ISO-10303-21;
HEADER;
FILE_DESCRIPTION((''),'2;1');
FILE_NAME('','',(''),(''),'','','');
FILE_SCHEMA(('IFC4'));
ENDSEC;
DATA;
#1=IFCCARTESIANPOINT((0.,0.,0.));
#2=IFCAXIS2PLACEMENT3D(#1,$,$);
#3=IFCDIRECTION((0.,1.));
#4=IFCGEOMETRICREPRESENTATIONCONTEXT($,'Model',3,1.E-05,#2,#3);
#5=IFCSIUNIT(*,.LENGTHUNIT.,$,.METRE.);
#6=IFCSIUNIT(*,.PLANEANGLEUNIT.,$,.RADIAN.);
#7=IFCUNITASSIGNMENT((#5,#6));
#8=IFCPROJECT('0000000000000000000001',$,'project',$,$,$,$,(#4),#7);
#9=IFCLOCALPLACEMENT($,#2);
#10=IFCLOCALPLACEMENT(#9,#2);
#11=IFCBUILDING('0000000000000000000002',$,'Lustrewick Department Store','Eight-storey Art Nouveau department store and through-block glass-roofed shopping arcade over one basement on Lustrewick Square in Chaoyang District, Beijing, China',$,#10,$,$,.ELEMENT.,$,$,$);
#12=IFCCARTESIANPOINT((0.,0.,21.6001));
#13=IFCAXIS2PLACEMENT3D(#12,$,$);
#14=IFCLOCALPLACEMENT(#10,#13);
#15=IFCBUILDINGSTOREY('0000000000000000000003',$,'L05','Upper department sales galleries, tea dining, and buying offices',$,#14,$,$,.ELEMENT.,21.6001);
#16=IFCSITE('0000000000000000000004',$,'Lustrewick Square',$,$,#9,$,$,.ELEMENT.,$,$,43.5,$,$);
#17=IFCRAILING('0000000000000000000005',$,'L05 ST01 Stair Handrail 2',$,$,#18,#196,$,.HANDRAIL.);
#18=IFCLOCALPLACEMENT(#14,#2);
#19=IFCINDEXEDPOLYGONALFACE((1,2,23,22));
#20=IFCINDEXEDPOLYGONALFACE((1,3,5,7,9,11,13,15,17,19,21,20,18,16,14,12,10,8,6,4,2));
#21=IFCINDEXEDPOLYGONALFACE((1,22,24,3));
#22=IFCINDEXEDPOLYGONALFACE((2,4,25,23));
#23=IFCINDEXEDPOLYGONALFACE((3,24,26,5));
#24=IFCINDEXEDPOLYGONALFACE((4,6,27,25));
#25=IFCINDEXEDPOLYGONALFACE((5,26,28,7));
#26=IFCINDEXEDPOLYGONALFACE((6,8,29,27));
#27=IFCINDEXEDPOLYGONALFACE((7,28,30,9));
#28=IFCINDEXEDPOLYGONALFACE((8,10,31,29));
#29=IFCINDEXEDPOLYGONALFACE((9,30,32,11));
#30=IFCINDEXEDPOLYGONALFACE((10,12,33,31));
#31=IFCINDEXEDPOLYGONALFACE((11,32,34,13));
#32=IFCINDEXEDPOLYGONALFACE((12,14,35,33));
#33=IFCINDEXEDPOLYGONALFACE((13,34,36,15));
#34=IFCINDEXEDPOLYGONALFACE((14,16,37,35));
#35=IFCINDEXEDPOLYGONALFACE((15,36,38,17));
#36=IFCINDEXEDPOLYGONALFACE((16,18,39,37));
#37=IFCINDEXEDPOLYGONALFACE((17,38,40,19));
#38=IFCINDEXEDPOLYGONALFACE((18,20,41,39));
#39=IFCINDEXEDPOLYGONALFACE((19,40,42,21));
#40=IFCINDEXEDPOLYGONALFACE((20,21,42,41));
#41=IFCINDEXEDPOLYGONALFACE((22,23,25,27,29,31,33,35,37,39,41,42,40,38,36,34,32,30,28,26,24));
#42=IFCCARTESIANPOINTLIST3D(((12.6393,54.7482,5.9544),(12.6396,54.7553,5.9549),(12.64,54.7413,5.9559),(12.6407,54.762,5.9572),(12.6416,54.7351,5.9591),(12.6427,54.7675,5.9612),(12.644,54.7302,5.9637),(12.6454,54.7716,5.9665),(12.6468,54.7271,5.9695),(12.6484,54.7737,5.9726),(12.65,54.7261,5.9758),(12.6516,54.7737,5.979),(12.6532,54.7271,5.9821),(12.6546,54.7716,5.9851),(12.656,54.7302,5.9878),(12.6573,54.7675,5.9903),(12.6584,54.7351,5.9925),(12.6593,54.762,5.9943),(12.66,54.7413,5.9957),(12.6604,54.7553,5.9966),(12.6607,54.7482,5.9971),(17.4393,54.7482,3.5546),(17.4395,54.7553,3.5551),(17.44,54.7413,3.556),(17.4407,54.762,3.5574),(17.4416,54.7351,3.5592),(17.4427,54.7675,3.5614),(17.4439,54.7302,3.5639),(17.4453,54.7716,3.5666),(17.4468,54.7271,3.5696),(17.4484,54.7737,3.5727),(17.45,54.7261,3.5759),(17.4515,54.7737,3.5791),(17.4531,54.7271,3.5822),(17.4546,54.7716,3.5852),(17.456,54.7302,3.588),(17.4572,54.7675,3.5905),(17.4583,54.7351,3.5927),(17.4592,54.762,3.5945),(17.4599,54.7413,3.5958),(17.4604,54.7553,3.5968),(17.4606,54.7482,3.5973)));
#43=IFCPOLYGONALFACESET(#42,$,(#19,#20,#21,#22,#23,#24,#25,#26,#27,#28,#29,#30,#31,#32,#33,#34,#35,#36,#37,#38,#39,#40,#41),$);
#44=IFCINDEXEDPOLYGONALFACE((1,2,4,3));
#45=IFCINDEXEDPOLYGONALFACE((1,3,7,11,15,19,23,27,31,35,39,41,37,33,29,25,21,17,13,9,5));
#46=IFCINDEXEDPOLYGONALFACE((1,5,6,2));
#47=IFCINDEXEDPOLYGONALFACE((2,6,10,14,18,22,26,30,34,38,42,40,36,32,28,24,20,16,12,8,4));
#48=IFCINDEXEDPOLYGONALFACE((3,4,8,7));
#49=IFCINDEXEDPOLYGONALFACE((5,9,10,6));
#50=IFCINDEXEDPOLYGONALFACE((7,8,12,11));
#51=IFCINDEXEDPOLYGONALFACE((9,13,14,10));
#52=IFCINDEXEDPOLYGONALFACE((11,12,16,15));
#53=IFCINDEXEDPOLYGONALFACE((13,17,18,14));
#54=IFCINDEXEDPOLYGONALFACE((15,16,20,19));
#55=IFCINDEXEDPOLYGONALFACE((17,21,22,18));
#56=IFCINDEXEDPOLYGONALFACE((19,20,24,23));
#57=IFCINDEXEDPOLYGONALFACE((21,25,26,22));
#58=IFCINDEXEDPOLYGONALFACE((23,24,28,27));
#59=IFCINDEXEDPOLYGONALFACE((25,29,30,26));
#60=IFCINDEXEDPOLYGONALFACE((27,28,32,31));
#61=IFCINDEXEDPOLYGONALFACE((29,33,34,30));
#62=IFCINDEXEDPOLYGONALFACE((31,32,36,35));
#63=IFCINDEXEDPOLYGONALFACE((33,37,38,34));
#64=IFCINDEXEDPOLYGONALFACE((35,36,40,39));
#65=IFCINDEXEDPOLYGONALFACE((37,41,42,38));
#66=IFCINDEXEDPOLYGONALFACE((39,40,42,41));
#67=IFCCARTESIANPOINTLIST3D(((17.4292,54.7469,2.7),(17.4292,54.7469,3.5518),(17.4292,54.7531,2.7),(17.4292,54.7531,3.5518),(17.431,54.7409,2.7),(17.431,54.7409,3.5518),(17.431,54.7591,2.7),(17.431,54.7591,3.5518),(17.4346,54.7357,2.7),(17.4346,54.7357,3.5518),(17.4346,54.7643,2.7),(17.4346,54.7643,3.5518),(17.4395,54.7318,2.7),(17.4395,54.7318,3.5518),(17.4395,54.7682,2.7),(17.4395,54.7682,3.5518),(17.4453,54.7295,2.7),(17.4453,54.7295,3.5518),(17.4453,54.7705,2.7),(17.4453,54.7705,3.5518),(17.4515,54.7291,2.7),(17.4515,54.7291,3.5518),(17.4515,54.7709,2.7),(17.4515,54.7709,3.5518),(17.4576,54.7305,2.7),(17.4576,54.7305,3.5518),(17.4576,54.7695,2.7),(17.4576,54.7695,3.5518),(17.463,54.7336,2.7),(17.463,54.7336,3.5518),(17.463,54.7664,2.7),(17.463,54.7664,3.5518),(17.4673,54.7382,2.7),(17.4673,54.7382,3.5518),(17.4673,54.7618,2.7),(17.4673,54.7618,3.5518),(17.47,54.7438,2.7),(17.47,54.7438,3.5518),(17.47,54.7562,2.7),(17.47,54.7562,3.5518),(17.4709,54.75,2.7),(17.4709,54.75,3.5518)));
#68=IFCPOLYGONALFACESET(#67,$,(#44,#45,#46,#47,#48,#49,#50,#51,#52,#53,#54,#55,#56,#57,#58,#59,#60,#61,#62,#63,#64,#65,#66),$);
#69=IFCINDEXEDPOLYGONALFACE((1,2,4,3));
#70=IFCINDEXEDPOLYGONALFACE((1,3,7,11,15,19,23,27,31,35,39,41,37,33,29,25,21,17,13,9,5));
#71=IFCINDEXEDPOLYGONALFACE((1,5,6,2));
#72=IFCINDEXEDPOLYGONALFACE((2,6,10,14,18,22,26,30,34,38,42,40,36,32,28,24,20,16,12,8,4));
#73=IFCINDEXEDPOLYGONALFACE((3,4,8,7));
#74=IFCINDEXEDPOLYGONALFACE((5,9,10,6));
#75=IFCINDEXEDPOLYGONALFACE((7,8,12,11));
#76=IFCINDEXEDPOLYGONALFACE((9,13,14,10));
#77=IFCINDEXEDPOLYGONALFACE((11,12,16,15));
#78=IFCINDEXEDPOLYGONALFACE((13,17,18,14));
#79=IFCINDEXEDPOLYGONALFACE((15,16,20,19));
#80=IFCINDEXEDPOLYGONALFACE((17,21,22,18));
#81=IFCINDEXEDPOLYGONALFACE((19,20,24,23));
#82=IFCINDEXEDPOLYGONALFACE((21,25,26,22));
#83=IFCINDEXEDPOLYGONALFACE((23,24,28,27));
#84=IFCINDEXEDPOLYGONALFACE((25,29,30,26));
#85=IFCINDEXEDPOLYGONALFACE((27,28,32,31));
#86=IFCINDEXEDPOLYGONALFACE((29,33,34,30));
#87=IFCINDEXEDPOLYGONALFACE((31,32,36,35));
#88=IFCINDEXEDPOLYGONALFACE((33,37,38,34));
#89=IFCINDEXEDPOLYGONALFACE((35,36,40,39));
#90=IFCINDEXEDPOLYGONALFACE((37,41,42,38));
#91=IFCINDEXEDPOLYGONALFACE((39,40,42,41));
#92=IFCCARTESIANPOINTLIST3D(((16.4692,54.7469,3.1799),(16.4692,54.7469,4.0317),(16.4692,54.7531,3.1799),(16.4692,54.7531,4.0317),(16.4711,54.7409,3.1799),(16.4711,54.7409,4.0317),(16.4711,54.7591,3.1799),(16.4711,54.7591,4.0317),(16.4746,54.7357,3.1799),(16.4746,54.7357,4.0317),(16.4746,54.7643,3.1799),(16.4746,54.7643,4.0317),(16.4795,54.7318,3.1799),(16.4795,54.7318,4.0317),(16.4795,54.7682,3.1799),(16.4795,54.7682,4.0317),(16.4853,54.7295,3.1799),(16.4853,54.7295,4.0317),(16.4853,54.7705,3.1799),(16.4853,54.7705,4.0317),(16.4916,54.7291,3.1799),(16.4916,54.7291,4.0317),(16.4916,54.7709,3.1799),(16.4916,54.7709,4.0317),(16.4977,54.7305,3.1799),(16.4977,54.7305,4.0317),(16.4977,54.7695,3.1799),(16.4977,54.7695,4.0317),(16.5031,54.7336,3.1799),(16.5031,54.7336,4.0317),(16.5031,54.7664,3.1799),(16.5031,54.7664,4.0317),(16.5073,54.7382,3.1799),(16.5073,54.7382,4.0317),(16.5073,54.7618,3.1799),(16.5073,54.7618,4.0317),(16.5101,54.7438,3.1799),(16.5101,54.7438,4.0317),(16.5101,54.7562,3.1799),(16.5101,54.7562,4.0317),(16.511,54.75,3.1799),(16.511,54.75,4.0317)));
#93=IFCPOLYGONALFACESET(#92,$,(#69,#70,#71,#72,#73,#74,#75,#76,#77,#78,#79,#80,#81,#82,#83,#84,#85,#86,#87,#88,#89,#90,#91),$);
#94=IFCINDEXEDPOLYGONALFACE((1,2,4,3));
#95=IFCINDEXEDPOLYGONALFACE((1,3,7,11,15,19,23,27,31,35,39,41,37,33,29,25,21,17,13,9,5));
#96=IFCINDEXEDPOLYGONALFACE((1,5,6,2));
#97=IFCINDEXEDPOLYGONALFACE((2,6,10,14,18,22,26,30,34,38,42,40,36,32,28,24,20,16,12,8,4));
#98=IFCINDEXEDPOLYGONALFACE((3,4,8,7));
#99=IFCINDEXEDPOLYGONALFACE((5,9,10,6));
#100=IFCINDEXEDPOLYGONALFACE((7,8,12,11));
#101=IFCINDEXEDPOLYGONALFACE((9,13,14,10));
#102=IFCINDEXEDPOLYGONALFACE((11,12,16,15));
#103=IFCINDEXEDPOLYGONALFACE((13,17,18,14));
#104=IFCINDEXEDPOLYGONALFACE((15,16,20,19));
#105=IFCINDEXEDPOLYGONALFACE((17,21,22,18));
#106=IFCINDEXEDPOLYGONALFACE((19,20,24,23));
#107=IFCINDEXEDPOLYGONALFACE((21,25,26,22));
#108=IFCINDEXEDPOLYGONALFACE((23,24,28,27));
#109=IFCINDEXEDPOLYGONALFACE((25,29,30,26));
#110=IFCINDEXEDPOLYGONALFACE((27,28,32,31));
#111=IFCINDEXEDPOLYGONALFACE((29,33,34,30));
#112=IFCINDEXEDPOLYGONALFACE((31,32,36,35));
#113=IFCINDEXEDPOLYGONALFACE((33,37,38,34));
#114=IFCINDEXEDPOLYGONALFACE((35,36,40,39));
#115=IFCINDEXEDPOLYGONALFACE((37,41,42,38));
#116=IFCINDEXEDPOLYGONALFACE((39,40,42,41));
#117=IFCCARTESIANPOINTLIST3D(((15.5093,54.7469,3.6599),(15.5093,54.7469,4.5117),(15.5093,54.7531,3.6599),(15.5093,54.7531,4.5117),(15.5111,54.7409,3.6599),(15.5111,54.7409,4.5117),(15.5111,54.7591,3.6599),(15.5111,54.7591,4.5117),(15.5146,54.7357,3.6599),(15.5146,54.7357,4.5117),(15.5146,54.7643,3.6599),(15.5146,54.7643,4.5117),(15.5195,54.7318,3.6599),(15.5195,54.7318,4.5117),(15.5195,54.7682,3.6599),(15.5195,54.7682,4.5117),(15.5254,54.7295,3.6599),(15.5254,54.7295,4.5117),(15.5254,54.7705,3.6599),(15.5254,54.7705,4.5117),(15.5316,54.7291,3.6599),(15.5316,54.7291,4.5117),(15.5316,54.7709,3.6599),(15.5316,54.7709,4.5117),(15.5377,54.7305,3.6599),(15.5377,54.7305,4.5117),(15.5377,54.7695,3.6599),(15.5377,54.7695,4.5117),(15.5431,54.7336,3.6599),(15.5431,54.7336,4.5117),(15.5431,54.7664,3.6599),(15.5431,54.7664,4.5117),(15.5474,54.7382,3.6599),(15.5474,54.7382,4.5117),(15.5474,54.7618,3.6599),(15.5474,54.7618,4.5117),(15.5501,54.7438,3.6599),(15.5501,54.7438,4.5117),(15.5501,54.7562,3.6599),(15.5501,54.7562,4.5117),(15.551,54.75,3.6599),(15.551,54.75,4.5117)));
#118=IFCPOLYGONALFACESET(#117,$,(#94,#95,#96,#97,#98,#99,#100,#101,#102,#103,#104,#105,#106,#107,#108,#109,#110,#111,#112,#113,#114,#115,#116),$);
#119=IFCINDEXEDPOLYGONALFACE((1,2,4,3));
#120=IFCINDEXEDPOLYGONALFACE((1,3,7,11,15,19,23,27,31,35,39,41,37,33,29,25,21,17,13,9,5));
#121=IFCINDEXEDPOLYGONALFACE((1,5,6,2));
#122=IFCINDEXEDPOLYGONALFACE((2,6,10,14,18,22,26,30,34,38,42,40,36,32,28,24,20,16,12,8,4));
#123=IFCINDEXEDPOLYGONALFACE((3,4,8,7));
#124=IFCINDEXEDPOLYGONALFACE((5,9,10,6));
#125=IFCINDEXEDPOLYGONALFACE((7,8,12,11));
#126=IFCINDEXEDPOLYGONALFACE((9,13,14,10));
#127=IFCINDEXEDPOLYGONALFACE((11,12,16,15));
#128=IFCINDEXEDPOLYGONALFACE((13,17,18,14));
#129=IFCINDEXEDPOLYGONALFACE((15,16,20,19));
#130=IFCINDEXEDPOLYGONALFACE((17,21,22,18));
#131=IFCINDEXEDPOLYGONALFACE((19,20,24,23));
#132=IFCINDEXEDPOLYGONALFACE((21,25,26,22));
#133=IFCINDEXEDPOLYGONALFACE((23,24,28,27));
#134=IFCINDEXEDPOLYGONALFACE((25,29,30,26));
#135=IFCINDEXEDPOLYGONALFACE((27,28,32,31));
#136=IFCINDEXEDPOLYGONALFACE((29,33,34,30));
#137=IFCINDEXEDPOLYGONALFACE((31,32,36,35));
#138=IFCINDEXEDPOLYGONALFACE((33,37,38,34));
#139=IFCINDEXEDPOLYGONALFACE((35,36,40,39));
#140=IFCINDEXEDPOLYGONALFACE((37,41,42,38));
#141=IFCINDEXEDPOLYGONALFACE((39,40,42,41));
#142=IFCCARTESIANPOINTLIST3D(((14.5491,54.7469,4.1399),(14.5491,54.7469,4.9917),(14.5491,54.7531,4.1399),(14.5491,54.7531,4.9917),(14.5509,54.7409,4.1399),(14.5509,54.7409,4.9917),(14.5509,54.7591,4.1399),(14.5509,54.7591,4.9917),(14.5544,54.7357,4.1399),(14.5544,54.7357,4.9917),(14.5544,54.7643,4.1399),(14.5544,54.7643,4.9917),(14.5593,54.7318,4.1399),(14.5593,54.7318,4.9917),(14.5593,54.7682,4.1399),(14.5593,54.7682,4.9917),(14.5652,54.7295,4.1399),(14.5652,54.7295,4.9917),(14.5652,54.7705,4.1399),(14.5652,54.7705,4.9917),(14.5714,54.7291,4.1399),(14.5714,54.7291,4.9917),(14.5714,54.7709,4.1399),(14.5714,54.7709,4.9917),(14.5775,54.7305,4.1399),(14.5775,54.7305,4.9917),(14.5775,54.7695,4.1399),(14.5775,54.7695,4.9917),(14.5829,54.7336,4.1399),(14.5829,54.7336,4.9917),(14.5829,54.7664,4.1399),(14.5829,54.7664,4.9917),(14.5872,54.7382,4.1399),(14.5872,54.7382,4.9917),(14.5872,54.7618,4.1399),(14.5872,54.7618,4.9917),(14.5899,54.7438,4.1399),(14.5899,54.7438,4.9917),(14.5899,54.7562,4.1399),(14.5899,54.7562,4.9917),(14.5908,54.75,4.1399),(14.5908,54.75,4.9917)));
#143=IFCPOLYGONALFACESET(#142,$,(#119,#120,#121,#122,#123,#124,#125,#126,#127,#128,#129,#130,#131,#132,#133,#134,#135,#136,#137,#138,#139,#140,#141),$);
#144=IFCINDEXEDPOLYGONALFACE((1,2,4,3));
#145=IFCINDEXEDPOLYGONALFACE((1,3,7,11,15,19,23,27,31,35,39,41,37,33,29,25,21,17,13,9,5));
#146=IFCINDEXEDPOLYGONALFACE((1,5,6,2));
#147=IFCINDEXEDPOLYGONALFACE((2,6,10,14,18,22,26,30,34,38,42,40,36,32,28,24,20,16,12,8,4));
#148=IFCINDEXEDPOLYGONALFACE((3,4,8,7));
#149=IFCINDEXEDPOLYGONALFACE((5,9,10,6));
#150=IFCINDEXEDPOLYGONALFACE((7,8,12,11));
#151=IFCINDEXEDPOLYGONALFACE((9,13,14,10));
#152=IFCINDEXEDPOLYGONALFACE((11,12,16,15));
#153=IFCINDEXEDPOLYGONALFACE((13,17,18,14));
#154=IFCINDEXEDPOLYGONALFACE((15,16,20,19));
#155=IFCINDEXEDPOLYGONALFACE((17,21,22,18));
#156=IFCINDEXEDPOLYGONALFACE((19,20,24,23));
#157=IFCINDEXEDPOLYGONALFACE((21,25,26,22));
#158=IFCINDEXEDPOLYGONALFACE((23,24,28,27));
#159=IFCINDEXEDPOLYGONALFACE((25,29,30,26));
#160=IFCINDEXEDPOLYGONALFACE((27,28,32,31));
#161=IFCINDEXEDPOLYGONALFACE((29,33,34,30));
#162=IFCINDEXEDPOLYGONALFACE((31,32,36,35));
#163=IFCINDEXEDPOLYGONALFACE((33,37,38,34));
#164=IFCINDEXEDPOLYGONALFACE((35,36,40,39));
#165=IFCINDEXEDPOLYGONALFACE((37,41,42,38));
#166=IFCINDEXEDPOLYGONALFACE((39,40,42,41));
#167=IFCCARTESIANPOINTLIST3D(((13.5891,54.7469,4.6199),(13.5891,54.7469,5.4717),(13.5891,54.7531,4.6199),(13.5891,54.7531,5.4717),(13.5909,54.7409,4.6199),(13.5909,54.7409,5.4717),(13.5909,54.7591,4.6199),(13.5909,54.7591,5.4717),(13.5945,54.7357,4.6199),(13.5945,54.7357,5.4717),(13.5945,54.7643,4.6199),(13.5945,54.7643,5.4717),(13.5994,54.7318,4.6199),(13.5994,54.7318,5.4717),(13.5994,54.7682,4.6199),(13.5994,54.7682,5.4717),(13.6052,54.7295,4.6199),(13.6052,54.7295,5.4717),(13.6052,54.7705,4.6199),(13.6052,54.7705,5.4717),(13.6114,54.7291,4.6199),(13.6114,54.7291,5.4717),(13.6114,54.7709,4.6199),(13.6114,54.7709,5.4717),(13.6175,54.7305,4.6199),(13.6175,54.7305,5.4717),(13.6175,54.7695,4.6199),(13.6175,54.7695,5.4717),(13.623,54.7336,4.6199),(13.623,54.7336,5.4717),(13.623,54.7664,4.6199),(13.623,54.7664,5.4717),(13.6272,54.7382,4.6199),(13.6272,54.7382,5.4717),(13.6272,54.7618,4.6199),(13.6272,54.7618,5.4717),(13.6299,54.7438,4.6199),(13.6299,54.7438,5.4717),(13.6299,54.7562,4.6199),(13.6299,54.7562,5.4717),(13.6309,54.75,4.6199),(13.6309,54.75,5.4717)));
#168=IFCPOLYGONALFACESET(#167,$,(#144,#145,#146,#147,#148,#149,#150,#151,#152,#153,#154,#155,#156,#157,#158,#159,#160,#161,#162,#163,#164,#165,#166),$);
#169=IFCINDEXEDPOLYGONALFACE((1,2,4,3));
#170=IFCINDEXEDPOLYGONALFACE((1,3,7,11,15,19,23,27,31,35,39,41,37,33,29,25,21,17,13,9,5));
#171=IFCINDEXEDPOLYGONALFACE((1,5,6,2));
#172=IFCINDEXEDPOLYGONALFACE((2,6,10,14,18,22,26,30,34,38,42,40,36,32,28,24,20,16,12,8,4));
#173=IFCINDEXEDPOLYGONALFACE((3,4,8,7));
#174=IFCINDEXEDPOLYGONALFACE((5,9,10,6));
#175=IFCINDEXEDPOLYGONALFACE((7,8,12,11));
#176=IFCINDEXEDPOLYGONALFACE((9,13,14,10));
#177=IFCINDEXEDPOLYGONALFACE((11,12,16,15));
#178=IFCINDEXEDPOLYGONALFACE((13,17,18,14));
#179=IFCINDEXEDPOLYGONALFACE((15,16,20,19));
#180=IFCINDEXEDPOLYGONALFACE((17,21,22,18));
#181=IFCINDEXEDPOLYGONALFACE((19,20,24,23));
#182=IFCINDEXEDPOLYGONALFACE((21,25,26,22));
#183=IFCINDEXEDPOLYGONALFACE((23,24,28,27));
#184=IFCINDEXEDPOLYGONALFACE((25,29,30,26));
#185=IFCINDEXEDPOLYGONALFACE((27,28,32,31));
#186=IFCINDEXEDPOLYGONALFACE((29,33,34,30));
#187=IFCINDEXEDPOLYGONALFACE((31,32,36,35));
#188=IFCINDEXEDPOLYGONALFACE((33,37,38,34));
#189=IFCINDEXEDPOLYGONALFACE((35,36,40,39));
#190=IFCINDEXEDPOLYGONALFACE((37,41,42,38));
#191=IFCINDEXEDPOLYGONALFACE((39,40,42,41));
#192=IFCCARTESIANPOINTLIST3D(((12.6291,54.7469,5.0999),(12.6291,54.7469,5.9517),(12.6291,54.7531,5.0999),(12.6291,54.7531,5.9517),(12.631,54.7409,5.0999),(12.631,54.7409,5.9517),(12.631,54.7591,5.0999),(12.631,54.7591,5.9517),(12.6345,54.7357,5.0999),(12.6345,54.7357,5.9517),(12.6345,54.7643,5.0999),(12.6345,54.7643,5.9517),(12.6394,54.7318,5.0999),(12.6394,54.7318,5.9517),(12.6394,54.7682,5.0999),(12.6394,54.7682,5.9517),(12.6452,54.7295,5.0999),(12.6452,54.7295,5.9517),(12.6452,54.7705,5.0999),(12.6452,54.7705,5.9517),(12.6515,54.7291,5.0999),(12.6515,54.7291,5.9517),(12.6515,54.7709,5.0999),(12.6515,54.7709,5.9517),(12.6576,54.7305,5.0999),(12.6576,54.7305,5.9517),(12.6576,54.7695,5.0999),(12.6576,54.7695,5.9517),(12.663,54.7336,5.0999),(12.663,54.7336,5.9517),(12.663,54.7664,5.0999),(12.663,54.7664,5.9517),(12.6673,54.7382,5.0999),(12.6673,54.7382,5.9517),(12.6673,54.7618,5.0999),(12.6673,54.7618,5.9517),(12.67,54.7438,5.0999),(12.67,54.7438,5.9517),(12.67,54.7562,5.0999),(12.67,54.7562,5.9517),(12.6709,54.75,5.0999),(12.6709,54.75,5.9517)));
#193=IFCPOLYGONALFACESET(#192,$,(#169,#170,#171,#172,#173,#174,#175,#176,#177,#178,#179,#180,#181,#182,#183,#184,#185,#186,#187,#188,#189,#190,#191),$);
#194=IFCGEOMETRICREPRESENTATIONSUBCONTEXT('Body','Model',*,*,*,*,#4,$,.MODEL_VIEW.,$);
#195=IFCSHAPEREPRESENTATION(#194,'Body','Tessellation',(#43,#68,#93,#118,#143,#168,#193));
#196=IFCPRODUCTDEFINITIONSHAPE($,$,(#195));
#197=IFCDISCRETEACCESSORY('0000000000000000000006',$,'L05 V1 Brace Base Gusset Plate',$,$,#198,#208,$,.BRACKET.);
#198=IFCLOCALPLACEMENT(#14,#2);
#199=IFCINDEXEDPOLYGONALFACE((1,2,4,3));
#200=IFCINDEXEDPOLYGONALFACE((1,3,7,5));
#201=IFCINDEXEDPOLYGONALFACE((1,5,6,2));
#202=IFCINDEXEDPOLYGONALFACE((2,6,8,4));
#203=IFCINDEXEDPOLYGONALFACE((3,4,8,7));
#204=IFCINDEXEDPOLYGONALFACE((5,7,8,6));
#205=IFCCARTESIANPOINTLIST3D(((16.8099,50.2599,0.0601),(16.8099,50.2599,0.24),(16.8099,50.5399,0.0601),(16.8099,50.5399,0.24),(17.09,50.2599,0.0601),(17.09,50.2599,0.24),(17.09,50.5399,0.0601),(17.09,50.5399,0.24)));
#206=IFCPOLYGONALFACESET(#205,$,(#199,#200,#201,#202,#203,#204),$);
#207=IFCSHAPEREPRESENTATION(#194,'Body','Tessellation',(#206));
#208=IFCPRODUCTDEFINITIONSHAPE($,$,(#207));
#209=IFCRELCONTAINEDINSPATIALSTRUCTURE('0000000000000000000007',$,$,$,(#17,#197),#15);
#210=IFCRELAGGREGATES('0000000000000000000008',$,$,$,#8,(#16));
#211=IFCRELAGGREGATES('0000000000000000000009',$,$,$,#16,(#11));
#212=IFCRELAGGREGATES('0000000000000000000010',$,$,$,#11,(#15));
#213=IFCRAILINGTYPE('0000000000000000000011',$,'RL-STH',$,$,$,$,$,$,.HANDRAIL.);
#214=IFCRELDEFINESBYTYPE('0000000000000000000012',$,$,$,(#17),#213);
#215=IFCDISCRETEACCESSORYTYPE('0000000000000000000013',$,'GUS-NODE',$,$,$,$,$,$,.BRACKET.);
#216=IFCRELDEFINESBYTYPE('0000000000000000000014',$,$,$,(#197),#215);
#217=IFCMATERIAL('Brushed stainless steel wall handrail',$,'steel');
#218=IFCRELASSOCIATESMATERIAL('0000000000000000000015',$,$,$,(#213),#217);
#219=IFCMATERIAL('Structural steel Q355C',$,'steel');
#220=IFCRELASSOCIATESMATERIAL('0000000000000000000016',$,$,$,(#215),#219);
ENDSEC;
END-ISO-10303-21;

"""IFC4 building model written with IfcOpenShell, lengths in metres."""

from ifc_helpers import new_model, si_unit, direction, frame, origin, origin_2d, place, context, subcontext, project, spatial, rectangle, circle, extrude, material, type_object, element, save


model = new_model("IFC4")

# Units and contexts
model_context = context("Model", 3, precision=1e-05, world=origin(), true_north=direction((0.0, 1.0)))
body_context = subcontext(model_context, "Body", "Model", "MODEL_VIEW")
ifc_project = project(units=[si_unit("LENGTHUNIT", "METRE"), si_unit("PLANEANGLEUNIT", "RADIAN")], contexts=[model_context])

# Site, building, storey
site_placement = place(None, origin())
site = spatial("IfcSite", under=ifc_project, at=site_placement, Name="Lustrewick Square", CompositionType="ELEMENT", RefElevation=43.5)
building_placement = place(site_placement, origin())
building = spatial("IfcBuilding", under=site, at=building_placement, Name="Lustrewick Department Store", Description="Eight-storey Art Nouveau department store and through-block glass-roofed shopping arcade over one basement on Lustrewick Square in Chaoyang District, Beijing, China", CompositionType="ELEMENT")
storey_placement = place(building_placement, frame((0.0, 0.0, 21.6001)))
storey = spatial("IfcBuildingStorey", under=building, at=storey_placement, Name="L05", Description="Upper department sales galleries, tea dining, and buying offices", CompositionType="ELEMENT", Elevation=21.6001)

# Shared definitions
ifc_material_1 = material(Name="Structural steel Q355C", Category="steel")

# Railing
ifc_material_2 = material(Name="Brushed stainless steel wall handrail", Category="steel")
railing_type_1 = type_object("IfcRailingType", Name="RL-STH", PredefinedType="HANDRAIL", material=ifc_material_2)
railing_1_placement = place(storey_placement, frame((17.45, 54.75, 2.7)))
element("IfcRailing", 1, at=railing_1_placement, inside=storey, type_object=railing_type_1, Name="L05 ST01 Stair Handrail 2", PredefinedType="HANDRAIL", context=body_context, shape_type="SweptSolid", body=[
    extrude(circle(Radius=0.0239, at=origin_2d()), frame((0.0, 0.0, 0.876), z_axis=(-0.894436, 0.0, 0.447195), x_axis=(0.0, -1.0, 0.0)), (0.0, 0.0, 1.0), 5.3665),
    extrude(circle(Radius=0.021, at=origin_2d()), origin(), (0.0, 0.0, 1.0), 0.8518),
    extrude(circle(Radius=0.021, at=origin_2d()), frame((-0.96, 0.0, 0.48)), (0.0, 0.0, 1.0), 0.8518),
    extrude(circle(Radius=0.021, at=origin_2d()), frame((-1.9199, 0.0, 0.96)), (0.0, 0.0, 1.0), 0.8518),
    extrude(circle(Radius=0.021, at=origin_2d()), frame((-2.8801, 0.0, 1.4399)), (0.0, 0.0, 1.0), 0.8518),
    extrude(circle(Radius=0.021, at=origin_2d()), frame((-3.8401, 0.0, 1.9199)), (0.0, 0.0, 1.0), 0.8518),
    extrude(circle(Radius=0.021, at=origin_2d()), frame((-4.8, 0.0, 2.3999)), (0.0, 0.0, 1.0), 0.8518),
])

# Discrete accessory
discrete_accessory_type = type_object("IfcDiscreteAccessoryType", Name="GUS-NODE", PredefinedType="BRACKET", material=ifc_material_1)
discrete_accessory_placement = place(storey_placement, frame((16.95, 50.3999, 0.0601), z_axis=(0.0, 0.0, 1.0), x_axis=(1.0, 0.0, 0.0)))
element("IfcDiscreteAccessory", 2, at=discrete_accessory_placement, inside=storey, type_object=discrete_accessory_type, Name="L05 V1 Brace Base Gusset Plate", PredefinedType="BRACKET", context=body_context, shape_type="SweptSolid", body=[
    extrude(rectangle(XDim=0.28, YDim=0.28, at=origin_2d()), origin(), (0.0, 0.0, 1.0), 0.1799),
])

save(model, "model.ifc")
